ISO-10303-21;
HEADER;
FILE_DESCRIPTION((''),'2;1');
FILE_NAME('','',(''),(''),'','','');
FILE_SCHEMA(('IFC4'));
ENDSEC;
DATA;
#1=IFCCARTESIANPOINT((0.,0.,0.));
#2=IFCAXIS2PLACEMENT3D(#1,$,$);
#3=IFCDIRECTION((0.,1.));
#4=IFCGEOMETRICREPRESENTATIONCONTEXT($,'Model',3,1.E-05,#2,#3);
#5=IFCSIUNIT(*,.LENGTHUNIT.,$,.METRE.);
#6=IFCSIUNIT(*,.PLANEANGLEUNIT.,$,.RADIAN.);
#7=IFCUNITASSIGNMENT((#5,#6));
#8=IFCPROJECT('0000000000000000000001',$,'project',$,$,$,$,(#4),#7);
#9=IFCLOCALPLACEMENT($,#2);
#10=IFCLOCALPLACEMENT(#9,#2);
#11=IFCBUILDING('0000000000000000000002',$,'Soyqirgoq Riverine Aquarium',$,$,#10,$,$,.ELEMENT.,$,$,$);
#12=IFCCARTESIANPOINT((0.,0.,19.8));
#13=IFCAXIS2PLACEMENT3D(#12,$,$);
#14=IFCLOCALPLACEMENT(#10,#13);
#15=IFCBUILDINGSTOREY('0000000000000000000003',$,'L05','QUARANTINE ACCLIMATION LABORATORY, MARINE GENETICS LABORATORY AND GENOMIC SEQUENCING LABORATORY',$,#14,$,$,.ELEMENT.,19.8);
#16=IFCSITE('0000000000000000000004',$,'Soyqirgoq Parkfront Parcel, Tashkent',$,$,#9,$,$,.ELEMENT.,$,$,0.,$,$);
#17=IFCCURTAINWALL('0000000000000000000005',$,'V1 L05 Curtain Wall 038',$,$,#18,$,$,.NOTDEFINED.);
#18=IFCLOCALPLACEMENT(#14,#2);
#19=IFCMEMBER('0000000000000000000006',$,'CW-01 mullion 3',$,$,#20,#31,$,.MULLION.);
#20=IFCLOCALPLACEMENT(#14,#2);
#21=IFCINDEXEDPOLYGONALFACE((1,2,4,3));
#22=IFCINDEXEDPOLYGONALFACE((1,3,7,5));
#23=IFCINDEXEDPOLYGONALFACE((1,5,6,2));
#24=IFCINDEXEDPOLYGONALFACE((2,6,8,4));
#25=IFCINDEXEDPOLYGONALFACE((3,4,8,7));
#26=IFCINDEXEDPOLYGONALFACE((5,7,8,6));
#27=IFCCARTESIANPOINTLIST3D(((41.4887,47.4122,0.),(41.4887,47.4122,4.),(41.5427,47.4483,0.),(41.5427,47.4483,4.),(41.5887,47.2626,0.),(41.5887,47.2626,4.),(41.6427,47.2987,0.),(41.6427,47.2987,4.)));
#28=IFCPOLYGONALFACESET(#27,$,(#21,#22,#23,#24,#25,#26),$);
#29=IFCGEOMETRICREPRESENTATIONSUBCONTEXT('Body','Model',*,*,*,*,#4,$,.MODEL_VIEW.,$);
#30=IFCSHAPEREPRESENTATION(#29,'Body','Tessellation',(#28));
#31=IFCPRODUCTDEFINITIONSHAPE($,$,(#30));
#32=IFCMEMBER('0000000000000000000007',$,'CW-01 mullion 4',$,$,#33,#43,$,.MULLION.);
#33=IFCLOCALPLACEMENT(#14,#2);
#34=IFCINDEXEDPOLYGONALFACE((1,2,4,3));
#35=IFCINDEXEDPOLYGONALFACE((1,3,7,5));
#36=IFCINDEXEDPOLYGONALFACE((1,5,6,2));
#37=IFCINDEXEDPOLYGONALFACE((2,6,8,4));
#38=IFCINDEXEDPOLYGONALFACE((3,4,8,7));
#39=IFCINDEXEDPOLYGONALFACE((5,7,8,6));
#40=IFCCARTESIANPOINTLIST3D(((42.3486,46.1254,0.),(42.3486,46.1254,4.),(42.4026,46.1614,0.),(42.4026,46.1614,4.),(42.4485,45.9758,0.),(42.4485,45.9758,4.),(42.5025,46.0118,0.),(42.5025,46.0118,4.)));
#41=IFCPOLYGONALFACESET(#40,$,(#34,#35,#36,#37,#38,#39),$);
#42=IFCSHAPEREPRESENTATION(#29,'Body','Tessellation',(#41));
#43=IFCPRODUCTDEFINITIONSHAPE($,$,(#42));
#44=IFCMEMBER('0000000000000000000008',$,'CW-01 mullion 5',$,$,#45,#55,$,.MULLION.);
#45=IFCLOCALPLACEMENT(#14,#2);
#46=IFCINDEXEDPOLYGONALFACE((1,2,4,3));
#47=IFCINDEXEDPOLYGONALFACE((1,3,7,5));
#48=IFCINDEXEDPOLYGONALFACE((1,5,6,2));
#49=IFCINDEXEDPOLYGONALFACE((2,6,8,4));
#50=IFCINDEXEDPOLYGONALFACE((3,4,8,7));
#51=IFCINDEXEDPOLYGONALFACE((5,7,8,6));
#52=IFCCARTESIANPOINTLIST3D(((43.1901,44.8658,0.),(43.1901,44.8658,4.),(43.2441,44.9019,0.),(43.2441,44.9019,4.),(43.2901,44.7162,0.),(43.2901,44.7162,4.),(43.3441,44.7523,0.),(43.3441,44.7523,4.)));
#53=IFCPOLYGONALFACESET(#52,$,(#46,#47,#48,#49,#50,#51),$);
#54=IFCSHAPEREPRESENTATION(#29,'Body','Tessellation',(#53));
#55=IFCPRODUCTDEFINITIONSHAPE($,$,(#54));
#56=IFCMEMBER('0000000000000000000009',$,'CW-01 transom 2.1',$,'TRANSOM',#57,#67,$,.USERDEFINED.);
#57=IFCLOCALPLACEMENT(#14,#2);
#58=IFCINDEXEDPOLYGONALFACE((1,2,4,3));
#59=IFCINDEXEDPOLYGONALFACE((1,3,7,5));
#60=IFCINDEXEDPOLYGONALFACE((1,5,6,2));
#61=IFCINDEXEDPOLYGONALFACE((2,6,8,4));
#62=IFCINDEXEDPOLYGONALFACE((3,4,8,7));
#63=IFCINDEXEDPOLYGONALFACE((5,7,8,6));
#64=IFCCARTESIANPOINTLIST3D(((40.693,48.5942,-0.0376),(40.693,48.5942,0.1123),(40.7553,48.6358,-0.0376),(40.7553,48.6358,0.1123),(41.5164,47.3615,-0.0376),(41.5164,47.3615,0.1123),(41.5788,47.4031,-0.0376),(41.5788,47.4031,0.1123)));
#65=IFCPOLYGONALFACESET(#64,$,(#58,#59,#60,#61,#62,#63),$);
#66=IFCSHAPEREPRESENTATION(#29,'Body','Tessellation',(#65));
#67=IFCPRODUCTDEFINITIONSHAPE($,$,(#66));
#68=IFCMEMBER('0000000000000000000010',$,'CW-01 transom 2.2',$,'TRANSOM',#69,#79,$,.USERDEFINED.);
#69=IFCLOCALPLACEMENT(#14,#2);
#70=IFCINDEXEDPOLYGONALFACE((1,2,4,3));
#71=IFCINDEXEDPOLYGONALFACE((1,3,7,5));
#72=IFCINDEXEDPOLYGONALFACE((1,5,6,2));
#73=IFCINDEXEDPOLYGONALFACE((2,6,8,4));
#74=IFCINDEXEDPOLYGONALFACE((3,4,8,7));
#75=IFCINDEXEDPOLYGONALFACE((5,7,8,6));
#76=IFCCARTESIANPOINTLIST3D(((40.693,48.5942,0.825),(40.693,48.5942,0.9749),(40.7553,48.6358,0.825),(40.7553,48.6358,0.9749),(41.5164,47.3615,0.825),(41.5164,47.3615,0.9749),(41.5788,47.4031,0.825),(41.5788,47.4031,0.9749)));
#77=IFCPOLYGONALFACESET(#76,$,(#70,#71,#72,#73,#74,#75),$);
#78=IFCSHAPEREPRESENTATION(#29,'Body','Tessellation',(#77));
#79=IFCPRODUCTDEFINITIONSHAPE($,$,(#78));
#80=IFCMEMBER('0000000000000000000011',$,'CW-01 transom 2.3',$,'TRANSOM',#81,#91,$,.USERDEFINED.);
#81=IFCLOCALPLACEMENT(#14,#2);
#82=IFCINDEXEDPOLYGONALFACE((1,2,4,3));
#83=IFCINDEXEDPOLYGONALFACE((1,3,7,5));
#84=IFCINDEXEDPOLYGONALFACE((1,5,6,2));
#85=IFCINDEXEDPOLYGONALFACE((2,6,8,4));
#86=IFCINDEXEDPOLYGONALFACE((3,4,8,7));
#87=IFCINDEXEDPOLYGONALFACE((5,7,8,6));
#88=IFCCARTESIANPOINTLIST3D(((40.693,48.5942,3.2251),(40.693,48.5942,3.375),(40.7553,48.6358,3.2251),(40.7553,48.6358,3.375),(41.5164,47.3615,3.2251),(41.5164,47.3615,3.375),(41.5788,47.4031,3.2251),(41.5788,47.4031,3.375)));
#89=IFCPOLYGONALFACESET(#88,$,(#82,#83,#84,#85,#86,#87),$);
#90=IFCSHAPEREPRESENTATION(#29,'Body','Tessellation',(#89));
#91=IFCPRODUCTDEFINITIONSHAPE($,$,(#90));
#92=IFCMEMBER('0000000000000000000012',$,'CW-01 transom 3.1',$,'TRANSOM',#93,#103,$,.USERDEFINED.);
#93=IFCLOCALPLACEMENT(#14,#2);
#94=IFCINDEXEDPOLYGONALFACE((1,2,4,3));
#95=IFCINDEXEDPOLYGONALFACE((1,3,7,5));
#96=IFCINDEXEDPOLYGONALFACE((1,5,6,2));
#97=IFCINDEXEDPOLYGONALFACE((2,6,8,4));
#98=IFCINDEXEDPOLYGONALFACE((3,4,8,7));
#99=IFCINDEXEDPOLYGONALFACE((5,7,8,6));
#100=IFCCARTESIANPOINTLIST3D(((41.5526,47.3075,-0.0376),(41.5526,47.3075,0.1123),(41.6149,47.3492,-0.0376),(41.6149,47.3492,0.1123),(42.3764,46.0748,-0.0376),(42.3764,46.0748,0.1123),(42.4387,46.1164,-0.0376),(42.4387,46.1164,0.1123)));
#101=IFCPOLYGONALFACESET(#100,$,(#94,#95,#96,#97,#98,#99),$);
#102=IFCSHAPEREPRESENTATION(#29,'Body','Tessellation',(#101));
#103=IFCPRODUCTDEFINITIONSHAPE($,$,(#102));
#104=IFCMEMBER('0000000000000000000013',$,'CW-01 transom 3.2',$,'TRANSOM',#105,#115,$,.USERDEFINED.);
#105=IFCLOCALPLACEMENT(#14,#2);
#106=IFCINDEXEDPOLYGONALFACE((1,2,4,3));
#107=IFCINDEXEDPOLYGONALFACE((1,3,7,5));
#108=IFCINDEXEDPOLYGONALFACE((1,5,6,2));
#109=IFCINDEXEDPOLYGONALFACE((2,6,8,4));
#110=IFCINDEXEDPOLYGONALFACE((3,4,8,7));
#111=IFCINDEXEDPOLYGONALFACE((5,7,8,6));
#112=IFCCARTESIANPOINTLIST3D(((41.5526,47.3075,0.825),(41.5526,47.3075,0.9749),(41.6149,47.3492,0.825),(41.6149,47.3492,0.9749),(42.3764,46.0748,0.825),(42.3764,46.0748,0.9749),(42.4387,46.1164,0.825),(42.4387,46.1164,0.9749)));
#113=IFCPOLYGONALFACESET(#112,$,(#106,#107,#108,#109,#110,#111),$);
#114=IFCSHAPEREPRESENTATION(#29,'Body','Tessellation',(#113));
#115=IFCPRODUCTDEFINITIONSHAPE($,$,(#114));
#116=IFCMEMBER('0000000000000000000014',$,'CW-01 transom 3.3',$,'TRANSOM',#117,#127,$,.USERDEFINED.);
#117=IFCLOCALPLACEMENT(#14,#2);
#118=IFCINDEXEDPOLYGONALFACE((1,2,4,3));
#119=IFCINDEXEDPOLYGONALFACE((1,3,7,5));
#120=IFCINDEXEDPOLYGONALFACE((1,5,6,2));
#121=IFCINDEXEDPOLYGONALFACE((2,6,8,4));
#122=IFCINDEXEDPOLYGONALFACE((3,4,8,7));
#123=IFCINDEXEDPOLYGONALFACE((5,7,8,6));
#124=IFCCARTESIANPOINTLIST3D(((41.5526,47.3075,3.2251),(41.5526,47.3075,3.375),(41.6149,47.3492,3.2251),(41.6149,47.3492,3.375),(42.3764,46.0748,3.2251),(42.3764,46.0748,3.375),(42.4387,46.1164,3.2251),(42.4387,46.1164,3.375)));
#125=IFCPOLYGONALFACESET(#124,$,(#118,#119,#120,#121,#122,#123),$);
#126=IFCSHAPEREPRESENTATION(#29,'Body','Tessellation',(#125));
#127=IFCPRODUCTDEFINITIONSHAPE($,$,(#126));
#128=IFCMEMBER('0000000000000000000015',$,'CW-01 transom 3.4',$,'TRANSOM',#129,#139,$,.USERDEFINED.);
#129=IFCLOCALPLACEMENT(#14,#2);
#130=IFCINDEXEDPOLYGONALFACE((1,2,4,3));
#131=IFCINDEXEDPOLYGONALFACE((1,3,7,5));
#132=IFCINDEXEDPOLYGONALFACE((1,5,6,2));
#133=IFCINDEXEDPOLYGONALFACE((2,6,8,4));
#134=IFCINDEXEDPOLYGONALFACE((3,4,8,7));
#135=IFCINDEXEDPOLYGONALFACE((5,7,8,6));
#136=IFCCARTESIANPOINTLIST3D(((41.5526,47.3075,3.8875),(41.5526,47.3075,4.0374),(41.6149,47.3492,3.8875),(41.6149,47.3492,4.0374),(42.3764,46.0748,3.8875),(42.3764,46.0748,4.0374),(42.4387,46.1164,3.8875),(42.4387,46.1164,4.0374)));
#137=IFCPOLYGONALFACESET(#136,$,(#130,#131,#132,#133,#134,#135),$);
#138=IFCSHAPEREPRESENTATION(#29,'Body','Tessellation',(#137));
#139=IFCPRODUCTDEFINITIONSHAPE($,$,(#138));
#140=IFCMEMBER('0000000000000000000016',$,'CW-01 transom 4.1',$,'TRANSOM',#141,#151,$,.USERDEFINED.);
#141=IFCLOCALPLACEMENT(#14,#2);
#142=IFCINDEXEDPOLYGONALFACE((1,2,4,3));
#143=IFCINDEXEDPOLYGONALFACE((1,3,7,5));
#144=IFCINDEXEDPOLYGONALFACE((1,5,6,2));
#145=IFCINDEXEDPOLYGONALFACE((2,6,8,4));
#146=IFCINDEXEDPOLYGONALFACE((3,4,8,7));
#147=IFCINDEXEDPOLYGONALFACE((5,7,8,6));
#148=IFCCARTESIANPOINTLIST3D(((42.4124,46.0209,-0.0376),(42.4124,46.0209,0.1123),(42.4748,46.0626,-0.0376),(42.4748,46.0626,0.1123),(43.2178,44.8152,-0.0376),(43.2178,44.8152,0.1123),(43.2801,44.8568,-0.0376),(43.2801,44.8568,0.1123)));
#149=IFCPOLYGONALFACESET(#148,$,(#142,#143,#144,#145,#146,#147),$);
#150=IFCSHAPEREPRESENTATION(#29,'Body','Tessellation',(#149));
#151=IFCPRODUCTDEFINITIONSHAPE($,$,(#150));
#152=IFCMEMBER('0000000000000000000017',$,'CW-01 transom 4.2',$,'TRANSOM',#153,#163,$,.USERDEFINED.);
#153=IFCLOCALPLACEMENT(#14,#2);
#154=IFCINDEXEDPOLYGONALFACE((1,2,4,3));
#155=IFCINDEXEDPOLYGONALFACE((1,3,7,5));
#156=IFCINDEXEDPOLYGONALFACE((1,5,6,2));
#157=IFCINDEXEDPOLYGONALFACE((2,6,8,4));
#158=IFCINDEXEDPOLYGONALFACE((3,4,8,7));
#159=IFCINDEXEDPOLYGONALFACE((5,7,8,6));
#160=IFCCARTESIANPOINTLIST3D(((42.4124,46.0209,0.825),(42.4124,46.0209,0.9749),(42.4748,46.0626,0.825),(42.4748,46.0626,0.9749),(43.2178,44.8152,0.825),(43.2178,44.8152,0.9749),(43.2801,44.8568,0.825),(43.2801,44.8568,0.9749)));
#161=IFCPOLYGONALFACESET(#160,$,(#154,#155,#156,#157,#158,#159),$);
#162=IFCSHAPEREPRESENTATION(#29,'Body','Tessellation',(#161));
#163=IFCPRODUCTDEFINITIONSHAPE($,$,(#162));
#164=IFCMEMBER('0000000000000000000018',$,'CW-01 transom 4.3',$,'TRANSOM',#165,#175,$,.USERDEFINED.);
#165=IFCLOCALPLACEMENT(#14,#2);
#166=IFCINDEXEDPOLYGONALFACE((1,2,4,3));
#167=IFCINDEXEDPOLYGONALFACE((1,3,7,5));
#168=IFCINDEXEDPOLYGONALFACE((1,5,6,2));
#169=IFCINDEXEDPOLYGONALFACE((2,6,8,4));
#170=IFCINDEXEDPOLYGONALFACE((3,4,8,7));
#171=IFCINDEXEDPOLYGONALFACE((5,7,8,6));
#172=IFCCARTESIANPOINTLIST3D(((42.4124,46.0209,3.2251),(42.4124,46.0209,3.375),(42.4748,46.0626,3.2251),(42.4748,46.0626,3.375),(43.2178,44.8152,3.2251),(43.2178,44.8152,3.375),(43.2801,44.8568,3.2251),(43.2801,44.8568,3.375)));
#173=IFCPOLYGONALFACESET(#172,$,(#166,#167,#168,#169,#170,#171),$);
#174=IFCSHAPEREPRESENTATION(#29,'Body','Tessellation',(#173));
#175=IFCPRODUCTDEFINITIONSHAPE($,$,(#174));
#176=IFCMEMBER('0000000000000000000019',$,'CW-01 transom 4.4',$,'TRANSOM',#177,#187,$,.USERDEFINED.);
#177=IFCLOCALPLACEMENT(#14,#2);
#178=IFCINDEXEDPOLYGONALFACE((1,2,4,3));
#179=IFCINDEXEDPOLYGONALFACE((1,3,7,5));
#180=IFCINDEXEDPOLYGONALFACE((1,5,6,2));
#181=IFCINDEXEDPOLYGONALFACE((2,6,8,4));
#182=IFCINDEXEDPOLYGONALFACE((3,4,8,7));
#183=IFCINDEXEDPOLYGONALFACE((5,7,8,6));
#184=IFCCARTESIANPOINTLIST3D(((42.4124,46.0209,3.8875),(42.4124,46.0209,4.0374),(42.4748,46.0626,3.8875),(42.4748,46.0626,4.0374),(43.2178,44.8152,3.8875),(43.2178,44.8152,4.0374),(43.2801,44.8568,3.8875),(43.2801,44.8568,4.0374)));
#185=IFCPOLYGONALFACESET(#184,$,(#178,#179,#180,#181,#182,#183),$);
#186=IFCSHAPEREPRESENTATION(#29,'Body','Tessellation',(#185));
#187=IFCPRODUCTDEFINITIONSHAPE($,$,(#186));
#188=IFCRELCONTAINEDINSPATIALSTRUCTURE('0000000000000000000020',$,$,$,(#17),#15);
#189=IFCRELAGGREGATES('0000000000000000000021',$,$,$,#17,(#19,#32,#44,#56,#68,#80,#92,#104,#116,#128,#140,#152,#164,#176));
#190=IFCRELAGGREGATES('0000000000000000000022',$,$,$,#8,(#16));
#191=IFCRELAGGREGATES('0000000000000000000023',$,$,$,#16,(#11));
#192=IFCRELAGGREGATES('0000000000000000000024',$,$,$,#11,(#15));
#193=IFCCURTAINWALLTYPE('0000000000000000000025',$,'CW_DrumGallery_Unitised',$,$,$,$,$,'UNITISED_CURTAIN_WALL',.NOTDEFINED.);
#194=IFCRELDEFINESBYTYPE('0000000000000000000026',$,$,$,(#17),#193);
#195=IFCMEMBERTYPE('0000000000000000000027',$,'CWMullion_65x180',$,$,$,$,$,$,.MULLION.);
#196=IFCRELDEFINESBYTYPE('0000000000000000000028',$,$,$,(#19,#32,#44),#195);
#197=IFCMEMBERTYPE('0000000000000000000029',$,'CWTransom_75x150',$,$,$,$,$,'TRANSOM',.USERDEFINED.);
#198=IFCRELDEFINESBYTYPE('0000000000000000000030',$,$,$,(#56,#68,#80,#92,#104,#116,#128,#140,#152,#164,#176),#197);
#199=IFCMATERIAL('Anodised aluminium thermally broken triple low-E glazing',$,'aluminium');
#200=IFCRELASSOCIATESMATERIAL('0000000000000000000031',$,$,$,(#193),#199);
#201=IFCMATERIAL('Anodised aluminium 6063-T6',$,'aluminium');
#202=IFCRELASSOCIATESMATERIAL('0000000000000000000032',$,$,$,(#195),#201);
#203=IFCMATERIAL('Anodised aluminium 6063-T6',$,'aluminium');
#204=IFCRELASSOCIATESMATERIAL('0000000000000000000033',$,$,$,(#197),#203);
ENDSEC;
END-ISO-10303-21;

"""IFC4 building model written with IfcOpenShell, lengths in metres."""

from ifc_helpers import new_model, si_unit, direction, frame, origin, origin_2d, place, context, subcontext, project, spatial, rectangle, extrude, material, material_profile, profile_set, type_object, element, aggregate, save


model = new_model("IFC4")

# Units and contexts
model_context = context("Model", 3, precision=1e-05, world=origin(), true_north=direction((0.0, 1.0)))
body_context = subcontext(model_context, "Body", "Model", "MODEL_VIEW")
ifc_project = project(units=[si_unit("LENGTHUNIT", "METRE"), si_unit("PLANEANGLEUNIT", "RADIAN")], contexts=[model_context])

# Site, building, storey
site_placement = place(None, origin())
site = spatial("IfcSite", under=ifc_project, at=site_placement, Name="Soyqirgoq Parkfront Parcel, Tashkent", CompositionType="ELEMENT", RefElevation=0.0)
building_placement = place(site_placement, origin())
building = spatial("IfcBuilding", under=site, at=building_placement, Name="Soyqirgoq Riverine Aquarium", CompositionType="ELEMENT")
storey_placement = place(building_placement, frame((0.0, 0.0, 19.8)))
storey = spatial("IfcBuildingStorey", under=building, at=storey_placement, Name="L05", Description="QUARANTINE ACCLIMATION LABORATORY, MARINE GENETICS LABORATORY AND GENOMIC SEQUENCING LABORATORY", CompositionType="ELEMENT", Elevation=19.8)

# Curtain wall, members
ifc_material_1 = material(Name="Anodised aluminium thermally broken triple low-E glazing", Category="aluminium")
curtain_wall_type = type_object("IfcCurtainWallType", Name="CW_DrumGallery_Unitised", ElementType="UNITISED_CURTAIN_WALL", PredefinedType="NOTDEFINED", material=ifc_material_1)
curtain_wall_placement = place(storey_placement, origin())
curtain_wall = element("IfcCurtainWall", 1, at=curtain_wall_placement, inside=storey, type_object=curtain_wall_type, Name="V1 L05 Curtain Wall 038", PredefinedType="NOTDEFINED")
ifc_material_2 = material(Name="Anodised aluminium 6063-T6", Category="aluminium")
ifc_material_profile_1 = material_profile(ifc_material_2, rectangle(XDim=0.0649, YDim=0.1799, at=origin_2d()), Name="ALU-M 65x180")
ifc_profile_set_1 = profile_set([ifc_material_profile_1], Name="Anodised aluminium 6063-T6")
member_type_1 = type_object("IfcMemberType", Name="CWMullion_65x180", PredefinedType="MULLION", material=ifc_profile_set_1)
member_1_placement = place(storey_placement, frame((41.5657, 47.3555, 0.0), z_axis=(0.0, 0.0, 1.0), x_axis=(0.831476, 0.555561, 0.0)))
member_1 = element("IfcMember", 2, at=member_1_placement, type_object=member_type_1, Name="CW-01 mullion 3", PredefinedType="MULLION", context=body_context, shape_type="SweptSolid", body=[
    extrude(rectangle(XDim=0.0649, YDim=0.1799, at=origin_2d()), origin(), (0.0, 0.0, 1.0), 4.0),
])
member_2_placement = place(storey_placement, frame((42.4255, 46.0686, 0.0), z_axis=(0.0, 0.0, 1.0), x_axis=(0.831476, 0.555561, 0.0)))
member_2 = element("IfcMember", 3, at=member_2_placement, type_object=member_type_1, Name="CW-01 mullion 4", PredefinedType="MULLION", context=body_context, shape_type="SweptSolid", body=[
    extrude(rectangle(XDim=0.0649, YDim=0.1799, at=origin_2d()), origin(), (0.0, 0.0, 1.0), 4.0),
])
member_3_placement = place(storey_placement, frame((43.2671, 44.8091, 0.0), z_axis=(0.0, 0.0, 1.0), x_axis=(0.831476, 0.555561, 0.0)))
member_3 = element("IfcMember", 4, at=member_3_placement, type_object=member_type_1, Name="CW-01 mullion 5", PredefinedType="MULLION", context=body_context, shape_type="SweptSolid", body=[
    extrude(rectangle(XDim=0.0649, YDim=0.1799, at=origin_2d()), origin(), (0.0, 0.0, 1.0), 4.0),
])
ifc_material_3 = material(Name="Anodised aluminium 6063-T6", Category="aluminium")
ifc_material_profile_2 = material_profile(ifc_material_3, rectangle(XDim=0.075, YDim=0.1499, at=origin_2d()), Name="ALU-T 75x150")
ifc_profile_set_2 = profile_set([ifc_material_profile_2], Name="Anodised aluminium 6063-T6")
member_type_2 = type_object("IfcMemberType", Name="CWTransom_75x150", ElementType="TRANSOM", PredefinedType="USERDEFINED", material=ifc_profile_set_2)
member_4_placement = place(storey_placement, frame((40.7241, 48.615, 0.0374), z_axis=(0.555498, -0.831518, 0.0), x_axis=(0.831518, 0.555498, 0.0)))
member_4 = element("IfcMember", 5, at=member_4_placement, type_object=member_type_2, Name="CW-01 transom 2.1", ObjectType="TRANSOM", PredefinedType="USERDEFINED", context=body_context, shape_type="SweptSolid", body=[
    extrude(rectangle(XDim=0.075, YDim=0.1499, at=origin_2d()), origin(), (0.0, 0.0, 1.0), 1.4824),
])
member_5_placement = place(storey_placement, frame((40.7241, 48.615, 0.8999), z_axis=(0.555498, -0.831518, 0.0), x_axis=(0.831518, 0.555498, 0.0)))
member_5 = element("IfcMember", 6, at=member_5_placement, type_object=member_type_2, Name="CW-01 transom 2.2", ObjectType="TRANSOM", PredefinedType="USERDEFINED", context=body_context, shape_type="SweptSolid", body=[
    extrude(rectangle(XDim=0.075, YDim=0.1499, at=origin_2d()), origin(), (0.0, 0.0, 1.0), 1.4824),
])
member_6_placement = place(storey_placement, frame((40.7241, 48.615, 3.3), z_axis=(0.555498, -0.831518, 0.0), x_axis=(0.831518, 0.555498, 0.0)))
member_6 = element("IfcMember", 7, at=member_6_placement, type_object=member_type_2, Name="CW-01 transom 2.3", ObjectType="TRANSOM", PredefinedType="USERDEFINED", context=body_context, shape_type="SweptSolid", body=[
    extrude(rectangle(XDim=0.075, YDim=0.1499, at=origin_2d()), origin(), (0.0, 0.0, 1.0), 1.4824),
])
member_7_placement = place(storey_placement, frame((41.5837, 47.3284, 0.0374), z_axis=(0.555612, -0.831442, 0.0), x_axis=(0.831442, 0.555612, 0.0)))
member_7 = element("IfcMember", 8, at=member_7_placement, type_object=member_type_2, Name="CW-01 transom 3.1", ObjectType="TRANSOM", PredefinedType="USERDEFINED", context=body_context, shape_type="SweptSolid", body=[
    extrude(rectangle(XDim=0.075, YDim=0.1499, at=origin_2d()), origin(), (0.0, 0.0, 1.0), 1.4827),
])
member_8_placement = place(storey_placement, frame((41.5837, 47.3284, 0.8999), z_axis=(0.555612, -0.831442, 0.0), x_axis=(0.831442, 0.555612, 0.0)))
member_8 = element("IfcMember", 9, at=member_8_placement, type_object=member_type_2, Name="CW-01 transom 3.2", ObjectType="TRANSOM", PredefinedType="USERDEFINED", context=body_context, shape_type="SweptSolid", body=[
    extrude(rectangle(XDim=0.075, YDim=0.1499, at=origin_2d()), origin(), (0.0, 0.0, 1.0), 1.4827),
])
member_9_placement = place(storey_placement, frame((41.5837, 47.3284, 3.3), z_axis=(0.555612, -0.831442, 0.0), x_axis=(0.831442, 0.555612, 0.0)))
member_9 = element("IfcMember", 10, at=member_9_placement, type_object=member_type_2, Name="CW-01 transom 3.3", ObjectType="TRANSOM", PredefinedType="USERDEFINED", context=body_context, shape_type="SweptSolid", body=[
    extrude(rectangle(XDim=0.075, YDim=0.1499, at=origin_2d()), origin(), (0.0, 0.0, 1.0), 1.4827),
])
member_10_placement = place(storey_placement, frame((41.5837, 47.3284, 3.9624), z_axis=(0.555612, -0.831442, 0.0), x_axis=(0.831442, 0.555612, 0.0)))
member_10 = element("IfcMember", 11, at=member_10_placement, type_object=member_type_2, Name="CW-01 transom 3.4", ObjectType="TRANSOM", PredefinedType="USERDEFINED", context=body_context, shape_type="SweptSolid", body=[
    extrude(rectangle(XDim=0.075, YDim=0.1499, at=origin_2d()), origin(), (0.0, 0.0, 1.0), 1.4827),
])
member_11_placement = place(storey_placement, frame((42.4436, 46.0417, 0.0374), z_axis=(0.555438, -0.831558, 0.0), x_axis=(0.831558, 0.555438, 0.0)))
member_11 = element("IfcMember", 12, at=member_11_placement, type_object=member_type_2, Name="CW-01 transom 4.1", ObjectType="TRANSOM", PredefinedType="USERDEFINED", context=body_context, shape_type="SweptSolid", body=[
    extrude(rectangle(XDim=0.075, YDim=0.1499, at=origin_2d()), origin(), (0.0, 0.0, 1.0), 1.45),
])
member_12_placement = place(storey_placement, frame((42.4436, 46.0417, 0.8999), z_axis=(0.555438, -0.831558, 0.0), x_axis=(0.831558, 0.555438, 0.0)))
member_12 = element("IfcMember", 13, at=member_12_placement, type_object=member_type_2, Name="CW-01 transom 4.2", ObjectType="TRANSOM", PredefinedType="USERDEFINED", context=body_context, shape_type="SweptSolid", body=[
    extrude(rectangle(XDim=0.075, YDim=0.1499, at=origin_2d()), origin(), (0.0, 0.0, 1.0), 1.45),
])
member_13_placement = place(storey_placement, frame((42.4436, 46.0417, 3.3), z_axis=(0.555438, -0.831558, 0.0), x_axis=(0.831558, 0.555438, 0.0)))
member_13 = element("IfcMember", 14, at=member_13_placement, type_object=member_type_2, Name="CW-01 transom 4.3", ObjectType="TRANSOM", PredefinedType="USERDEFINED", context=body_context, shape_type="SweptSolid", body=[
    extrude(rectangle(XDim=0.075, YDim=0.1499, at=origin_2d()), origin(), (0.0, 0.0, 1.0), 1.45),
])
member_14_placement = place(storey_placement, frame((42.4436, 46.0417, 3.9624), z_axis=(0.555438, -0.831558, 0.0), x_axis=(0.831558, 0.555438, 0.0)))
member_14 = element("IfcMember", 15, at=member_14_placement, type_object=member_type_2, Name="CW-01 transom 4.4", ObjectType="TRANSOM", PredefinedType="USERDEFINED", context=body_context, shape_type="SweptSolid", body=[
    extrude(rectangle(XDim=0.075, YDim=0.1499, at=origin_2d()), origin(), (0.0, 0.0, 1.0), 1.45),
])
aggregate(curtain_wall, [member_1, member_2, member_3, member_4, member_5, member_6, member_7, member_8, member_9, member_10, member_11, member_12, member_13, member_14])

save(model, "model.ifc")
